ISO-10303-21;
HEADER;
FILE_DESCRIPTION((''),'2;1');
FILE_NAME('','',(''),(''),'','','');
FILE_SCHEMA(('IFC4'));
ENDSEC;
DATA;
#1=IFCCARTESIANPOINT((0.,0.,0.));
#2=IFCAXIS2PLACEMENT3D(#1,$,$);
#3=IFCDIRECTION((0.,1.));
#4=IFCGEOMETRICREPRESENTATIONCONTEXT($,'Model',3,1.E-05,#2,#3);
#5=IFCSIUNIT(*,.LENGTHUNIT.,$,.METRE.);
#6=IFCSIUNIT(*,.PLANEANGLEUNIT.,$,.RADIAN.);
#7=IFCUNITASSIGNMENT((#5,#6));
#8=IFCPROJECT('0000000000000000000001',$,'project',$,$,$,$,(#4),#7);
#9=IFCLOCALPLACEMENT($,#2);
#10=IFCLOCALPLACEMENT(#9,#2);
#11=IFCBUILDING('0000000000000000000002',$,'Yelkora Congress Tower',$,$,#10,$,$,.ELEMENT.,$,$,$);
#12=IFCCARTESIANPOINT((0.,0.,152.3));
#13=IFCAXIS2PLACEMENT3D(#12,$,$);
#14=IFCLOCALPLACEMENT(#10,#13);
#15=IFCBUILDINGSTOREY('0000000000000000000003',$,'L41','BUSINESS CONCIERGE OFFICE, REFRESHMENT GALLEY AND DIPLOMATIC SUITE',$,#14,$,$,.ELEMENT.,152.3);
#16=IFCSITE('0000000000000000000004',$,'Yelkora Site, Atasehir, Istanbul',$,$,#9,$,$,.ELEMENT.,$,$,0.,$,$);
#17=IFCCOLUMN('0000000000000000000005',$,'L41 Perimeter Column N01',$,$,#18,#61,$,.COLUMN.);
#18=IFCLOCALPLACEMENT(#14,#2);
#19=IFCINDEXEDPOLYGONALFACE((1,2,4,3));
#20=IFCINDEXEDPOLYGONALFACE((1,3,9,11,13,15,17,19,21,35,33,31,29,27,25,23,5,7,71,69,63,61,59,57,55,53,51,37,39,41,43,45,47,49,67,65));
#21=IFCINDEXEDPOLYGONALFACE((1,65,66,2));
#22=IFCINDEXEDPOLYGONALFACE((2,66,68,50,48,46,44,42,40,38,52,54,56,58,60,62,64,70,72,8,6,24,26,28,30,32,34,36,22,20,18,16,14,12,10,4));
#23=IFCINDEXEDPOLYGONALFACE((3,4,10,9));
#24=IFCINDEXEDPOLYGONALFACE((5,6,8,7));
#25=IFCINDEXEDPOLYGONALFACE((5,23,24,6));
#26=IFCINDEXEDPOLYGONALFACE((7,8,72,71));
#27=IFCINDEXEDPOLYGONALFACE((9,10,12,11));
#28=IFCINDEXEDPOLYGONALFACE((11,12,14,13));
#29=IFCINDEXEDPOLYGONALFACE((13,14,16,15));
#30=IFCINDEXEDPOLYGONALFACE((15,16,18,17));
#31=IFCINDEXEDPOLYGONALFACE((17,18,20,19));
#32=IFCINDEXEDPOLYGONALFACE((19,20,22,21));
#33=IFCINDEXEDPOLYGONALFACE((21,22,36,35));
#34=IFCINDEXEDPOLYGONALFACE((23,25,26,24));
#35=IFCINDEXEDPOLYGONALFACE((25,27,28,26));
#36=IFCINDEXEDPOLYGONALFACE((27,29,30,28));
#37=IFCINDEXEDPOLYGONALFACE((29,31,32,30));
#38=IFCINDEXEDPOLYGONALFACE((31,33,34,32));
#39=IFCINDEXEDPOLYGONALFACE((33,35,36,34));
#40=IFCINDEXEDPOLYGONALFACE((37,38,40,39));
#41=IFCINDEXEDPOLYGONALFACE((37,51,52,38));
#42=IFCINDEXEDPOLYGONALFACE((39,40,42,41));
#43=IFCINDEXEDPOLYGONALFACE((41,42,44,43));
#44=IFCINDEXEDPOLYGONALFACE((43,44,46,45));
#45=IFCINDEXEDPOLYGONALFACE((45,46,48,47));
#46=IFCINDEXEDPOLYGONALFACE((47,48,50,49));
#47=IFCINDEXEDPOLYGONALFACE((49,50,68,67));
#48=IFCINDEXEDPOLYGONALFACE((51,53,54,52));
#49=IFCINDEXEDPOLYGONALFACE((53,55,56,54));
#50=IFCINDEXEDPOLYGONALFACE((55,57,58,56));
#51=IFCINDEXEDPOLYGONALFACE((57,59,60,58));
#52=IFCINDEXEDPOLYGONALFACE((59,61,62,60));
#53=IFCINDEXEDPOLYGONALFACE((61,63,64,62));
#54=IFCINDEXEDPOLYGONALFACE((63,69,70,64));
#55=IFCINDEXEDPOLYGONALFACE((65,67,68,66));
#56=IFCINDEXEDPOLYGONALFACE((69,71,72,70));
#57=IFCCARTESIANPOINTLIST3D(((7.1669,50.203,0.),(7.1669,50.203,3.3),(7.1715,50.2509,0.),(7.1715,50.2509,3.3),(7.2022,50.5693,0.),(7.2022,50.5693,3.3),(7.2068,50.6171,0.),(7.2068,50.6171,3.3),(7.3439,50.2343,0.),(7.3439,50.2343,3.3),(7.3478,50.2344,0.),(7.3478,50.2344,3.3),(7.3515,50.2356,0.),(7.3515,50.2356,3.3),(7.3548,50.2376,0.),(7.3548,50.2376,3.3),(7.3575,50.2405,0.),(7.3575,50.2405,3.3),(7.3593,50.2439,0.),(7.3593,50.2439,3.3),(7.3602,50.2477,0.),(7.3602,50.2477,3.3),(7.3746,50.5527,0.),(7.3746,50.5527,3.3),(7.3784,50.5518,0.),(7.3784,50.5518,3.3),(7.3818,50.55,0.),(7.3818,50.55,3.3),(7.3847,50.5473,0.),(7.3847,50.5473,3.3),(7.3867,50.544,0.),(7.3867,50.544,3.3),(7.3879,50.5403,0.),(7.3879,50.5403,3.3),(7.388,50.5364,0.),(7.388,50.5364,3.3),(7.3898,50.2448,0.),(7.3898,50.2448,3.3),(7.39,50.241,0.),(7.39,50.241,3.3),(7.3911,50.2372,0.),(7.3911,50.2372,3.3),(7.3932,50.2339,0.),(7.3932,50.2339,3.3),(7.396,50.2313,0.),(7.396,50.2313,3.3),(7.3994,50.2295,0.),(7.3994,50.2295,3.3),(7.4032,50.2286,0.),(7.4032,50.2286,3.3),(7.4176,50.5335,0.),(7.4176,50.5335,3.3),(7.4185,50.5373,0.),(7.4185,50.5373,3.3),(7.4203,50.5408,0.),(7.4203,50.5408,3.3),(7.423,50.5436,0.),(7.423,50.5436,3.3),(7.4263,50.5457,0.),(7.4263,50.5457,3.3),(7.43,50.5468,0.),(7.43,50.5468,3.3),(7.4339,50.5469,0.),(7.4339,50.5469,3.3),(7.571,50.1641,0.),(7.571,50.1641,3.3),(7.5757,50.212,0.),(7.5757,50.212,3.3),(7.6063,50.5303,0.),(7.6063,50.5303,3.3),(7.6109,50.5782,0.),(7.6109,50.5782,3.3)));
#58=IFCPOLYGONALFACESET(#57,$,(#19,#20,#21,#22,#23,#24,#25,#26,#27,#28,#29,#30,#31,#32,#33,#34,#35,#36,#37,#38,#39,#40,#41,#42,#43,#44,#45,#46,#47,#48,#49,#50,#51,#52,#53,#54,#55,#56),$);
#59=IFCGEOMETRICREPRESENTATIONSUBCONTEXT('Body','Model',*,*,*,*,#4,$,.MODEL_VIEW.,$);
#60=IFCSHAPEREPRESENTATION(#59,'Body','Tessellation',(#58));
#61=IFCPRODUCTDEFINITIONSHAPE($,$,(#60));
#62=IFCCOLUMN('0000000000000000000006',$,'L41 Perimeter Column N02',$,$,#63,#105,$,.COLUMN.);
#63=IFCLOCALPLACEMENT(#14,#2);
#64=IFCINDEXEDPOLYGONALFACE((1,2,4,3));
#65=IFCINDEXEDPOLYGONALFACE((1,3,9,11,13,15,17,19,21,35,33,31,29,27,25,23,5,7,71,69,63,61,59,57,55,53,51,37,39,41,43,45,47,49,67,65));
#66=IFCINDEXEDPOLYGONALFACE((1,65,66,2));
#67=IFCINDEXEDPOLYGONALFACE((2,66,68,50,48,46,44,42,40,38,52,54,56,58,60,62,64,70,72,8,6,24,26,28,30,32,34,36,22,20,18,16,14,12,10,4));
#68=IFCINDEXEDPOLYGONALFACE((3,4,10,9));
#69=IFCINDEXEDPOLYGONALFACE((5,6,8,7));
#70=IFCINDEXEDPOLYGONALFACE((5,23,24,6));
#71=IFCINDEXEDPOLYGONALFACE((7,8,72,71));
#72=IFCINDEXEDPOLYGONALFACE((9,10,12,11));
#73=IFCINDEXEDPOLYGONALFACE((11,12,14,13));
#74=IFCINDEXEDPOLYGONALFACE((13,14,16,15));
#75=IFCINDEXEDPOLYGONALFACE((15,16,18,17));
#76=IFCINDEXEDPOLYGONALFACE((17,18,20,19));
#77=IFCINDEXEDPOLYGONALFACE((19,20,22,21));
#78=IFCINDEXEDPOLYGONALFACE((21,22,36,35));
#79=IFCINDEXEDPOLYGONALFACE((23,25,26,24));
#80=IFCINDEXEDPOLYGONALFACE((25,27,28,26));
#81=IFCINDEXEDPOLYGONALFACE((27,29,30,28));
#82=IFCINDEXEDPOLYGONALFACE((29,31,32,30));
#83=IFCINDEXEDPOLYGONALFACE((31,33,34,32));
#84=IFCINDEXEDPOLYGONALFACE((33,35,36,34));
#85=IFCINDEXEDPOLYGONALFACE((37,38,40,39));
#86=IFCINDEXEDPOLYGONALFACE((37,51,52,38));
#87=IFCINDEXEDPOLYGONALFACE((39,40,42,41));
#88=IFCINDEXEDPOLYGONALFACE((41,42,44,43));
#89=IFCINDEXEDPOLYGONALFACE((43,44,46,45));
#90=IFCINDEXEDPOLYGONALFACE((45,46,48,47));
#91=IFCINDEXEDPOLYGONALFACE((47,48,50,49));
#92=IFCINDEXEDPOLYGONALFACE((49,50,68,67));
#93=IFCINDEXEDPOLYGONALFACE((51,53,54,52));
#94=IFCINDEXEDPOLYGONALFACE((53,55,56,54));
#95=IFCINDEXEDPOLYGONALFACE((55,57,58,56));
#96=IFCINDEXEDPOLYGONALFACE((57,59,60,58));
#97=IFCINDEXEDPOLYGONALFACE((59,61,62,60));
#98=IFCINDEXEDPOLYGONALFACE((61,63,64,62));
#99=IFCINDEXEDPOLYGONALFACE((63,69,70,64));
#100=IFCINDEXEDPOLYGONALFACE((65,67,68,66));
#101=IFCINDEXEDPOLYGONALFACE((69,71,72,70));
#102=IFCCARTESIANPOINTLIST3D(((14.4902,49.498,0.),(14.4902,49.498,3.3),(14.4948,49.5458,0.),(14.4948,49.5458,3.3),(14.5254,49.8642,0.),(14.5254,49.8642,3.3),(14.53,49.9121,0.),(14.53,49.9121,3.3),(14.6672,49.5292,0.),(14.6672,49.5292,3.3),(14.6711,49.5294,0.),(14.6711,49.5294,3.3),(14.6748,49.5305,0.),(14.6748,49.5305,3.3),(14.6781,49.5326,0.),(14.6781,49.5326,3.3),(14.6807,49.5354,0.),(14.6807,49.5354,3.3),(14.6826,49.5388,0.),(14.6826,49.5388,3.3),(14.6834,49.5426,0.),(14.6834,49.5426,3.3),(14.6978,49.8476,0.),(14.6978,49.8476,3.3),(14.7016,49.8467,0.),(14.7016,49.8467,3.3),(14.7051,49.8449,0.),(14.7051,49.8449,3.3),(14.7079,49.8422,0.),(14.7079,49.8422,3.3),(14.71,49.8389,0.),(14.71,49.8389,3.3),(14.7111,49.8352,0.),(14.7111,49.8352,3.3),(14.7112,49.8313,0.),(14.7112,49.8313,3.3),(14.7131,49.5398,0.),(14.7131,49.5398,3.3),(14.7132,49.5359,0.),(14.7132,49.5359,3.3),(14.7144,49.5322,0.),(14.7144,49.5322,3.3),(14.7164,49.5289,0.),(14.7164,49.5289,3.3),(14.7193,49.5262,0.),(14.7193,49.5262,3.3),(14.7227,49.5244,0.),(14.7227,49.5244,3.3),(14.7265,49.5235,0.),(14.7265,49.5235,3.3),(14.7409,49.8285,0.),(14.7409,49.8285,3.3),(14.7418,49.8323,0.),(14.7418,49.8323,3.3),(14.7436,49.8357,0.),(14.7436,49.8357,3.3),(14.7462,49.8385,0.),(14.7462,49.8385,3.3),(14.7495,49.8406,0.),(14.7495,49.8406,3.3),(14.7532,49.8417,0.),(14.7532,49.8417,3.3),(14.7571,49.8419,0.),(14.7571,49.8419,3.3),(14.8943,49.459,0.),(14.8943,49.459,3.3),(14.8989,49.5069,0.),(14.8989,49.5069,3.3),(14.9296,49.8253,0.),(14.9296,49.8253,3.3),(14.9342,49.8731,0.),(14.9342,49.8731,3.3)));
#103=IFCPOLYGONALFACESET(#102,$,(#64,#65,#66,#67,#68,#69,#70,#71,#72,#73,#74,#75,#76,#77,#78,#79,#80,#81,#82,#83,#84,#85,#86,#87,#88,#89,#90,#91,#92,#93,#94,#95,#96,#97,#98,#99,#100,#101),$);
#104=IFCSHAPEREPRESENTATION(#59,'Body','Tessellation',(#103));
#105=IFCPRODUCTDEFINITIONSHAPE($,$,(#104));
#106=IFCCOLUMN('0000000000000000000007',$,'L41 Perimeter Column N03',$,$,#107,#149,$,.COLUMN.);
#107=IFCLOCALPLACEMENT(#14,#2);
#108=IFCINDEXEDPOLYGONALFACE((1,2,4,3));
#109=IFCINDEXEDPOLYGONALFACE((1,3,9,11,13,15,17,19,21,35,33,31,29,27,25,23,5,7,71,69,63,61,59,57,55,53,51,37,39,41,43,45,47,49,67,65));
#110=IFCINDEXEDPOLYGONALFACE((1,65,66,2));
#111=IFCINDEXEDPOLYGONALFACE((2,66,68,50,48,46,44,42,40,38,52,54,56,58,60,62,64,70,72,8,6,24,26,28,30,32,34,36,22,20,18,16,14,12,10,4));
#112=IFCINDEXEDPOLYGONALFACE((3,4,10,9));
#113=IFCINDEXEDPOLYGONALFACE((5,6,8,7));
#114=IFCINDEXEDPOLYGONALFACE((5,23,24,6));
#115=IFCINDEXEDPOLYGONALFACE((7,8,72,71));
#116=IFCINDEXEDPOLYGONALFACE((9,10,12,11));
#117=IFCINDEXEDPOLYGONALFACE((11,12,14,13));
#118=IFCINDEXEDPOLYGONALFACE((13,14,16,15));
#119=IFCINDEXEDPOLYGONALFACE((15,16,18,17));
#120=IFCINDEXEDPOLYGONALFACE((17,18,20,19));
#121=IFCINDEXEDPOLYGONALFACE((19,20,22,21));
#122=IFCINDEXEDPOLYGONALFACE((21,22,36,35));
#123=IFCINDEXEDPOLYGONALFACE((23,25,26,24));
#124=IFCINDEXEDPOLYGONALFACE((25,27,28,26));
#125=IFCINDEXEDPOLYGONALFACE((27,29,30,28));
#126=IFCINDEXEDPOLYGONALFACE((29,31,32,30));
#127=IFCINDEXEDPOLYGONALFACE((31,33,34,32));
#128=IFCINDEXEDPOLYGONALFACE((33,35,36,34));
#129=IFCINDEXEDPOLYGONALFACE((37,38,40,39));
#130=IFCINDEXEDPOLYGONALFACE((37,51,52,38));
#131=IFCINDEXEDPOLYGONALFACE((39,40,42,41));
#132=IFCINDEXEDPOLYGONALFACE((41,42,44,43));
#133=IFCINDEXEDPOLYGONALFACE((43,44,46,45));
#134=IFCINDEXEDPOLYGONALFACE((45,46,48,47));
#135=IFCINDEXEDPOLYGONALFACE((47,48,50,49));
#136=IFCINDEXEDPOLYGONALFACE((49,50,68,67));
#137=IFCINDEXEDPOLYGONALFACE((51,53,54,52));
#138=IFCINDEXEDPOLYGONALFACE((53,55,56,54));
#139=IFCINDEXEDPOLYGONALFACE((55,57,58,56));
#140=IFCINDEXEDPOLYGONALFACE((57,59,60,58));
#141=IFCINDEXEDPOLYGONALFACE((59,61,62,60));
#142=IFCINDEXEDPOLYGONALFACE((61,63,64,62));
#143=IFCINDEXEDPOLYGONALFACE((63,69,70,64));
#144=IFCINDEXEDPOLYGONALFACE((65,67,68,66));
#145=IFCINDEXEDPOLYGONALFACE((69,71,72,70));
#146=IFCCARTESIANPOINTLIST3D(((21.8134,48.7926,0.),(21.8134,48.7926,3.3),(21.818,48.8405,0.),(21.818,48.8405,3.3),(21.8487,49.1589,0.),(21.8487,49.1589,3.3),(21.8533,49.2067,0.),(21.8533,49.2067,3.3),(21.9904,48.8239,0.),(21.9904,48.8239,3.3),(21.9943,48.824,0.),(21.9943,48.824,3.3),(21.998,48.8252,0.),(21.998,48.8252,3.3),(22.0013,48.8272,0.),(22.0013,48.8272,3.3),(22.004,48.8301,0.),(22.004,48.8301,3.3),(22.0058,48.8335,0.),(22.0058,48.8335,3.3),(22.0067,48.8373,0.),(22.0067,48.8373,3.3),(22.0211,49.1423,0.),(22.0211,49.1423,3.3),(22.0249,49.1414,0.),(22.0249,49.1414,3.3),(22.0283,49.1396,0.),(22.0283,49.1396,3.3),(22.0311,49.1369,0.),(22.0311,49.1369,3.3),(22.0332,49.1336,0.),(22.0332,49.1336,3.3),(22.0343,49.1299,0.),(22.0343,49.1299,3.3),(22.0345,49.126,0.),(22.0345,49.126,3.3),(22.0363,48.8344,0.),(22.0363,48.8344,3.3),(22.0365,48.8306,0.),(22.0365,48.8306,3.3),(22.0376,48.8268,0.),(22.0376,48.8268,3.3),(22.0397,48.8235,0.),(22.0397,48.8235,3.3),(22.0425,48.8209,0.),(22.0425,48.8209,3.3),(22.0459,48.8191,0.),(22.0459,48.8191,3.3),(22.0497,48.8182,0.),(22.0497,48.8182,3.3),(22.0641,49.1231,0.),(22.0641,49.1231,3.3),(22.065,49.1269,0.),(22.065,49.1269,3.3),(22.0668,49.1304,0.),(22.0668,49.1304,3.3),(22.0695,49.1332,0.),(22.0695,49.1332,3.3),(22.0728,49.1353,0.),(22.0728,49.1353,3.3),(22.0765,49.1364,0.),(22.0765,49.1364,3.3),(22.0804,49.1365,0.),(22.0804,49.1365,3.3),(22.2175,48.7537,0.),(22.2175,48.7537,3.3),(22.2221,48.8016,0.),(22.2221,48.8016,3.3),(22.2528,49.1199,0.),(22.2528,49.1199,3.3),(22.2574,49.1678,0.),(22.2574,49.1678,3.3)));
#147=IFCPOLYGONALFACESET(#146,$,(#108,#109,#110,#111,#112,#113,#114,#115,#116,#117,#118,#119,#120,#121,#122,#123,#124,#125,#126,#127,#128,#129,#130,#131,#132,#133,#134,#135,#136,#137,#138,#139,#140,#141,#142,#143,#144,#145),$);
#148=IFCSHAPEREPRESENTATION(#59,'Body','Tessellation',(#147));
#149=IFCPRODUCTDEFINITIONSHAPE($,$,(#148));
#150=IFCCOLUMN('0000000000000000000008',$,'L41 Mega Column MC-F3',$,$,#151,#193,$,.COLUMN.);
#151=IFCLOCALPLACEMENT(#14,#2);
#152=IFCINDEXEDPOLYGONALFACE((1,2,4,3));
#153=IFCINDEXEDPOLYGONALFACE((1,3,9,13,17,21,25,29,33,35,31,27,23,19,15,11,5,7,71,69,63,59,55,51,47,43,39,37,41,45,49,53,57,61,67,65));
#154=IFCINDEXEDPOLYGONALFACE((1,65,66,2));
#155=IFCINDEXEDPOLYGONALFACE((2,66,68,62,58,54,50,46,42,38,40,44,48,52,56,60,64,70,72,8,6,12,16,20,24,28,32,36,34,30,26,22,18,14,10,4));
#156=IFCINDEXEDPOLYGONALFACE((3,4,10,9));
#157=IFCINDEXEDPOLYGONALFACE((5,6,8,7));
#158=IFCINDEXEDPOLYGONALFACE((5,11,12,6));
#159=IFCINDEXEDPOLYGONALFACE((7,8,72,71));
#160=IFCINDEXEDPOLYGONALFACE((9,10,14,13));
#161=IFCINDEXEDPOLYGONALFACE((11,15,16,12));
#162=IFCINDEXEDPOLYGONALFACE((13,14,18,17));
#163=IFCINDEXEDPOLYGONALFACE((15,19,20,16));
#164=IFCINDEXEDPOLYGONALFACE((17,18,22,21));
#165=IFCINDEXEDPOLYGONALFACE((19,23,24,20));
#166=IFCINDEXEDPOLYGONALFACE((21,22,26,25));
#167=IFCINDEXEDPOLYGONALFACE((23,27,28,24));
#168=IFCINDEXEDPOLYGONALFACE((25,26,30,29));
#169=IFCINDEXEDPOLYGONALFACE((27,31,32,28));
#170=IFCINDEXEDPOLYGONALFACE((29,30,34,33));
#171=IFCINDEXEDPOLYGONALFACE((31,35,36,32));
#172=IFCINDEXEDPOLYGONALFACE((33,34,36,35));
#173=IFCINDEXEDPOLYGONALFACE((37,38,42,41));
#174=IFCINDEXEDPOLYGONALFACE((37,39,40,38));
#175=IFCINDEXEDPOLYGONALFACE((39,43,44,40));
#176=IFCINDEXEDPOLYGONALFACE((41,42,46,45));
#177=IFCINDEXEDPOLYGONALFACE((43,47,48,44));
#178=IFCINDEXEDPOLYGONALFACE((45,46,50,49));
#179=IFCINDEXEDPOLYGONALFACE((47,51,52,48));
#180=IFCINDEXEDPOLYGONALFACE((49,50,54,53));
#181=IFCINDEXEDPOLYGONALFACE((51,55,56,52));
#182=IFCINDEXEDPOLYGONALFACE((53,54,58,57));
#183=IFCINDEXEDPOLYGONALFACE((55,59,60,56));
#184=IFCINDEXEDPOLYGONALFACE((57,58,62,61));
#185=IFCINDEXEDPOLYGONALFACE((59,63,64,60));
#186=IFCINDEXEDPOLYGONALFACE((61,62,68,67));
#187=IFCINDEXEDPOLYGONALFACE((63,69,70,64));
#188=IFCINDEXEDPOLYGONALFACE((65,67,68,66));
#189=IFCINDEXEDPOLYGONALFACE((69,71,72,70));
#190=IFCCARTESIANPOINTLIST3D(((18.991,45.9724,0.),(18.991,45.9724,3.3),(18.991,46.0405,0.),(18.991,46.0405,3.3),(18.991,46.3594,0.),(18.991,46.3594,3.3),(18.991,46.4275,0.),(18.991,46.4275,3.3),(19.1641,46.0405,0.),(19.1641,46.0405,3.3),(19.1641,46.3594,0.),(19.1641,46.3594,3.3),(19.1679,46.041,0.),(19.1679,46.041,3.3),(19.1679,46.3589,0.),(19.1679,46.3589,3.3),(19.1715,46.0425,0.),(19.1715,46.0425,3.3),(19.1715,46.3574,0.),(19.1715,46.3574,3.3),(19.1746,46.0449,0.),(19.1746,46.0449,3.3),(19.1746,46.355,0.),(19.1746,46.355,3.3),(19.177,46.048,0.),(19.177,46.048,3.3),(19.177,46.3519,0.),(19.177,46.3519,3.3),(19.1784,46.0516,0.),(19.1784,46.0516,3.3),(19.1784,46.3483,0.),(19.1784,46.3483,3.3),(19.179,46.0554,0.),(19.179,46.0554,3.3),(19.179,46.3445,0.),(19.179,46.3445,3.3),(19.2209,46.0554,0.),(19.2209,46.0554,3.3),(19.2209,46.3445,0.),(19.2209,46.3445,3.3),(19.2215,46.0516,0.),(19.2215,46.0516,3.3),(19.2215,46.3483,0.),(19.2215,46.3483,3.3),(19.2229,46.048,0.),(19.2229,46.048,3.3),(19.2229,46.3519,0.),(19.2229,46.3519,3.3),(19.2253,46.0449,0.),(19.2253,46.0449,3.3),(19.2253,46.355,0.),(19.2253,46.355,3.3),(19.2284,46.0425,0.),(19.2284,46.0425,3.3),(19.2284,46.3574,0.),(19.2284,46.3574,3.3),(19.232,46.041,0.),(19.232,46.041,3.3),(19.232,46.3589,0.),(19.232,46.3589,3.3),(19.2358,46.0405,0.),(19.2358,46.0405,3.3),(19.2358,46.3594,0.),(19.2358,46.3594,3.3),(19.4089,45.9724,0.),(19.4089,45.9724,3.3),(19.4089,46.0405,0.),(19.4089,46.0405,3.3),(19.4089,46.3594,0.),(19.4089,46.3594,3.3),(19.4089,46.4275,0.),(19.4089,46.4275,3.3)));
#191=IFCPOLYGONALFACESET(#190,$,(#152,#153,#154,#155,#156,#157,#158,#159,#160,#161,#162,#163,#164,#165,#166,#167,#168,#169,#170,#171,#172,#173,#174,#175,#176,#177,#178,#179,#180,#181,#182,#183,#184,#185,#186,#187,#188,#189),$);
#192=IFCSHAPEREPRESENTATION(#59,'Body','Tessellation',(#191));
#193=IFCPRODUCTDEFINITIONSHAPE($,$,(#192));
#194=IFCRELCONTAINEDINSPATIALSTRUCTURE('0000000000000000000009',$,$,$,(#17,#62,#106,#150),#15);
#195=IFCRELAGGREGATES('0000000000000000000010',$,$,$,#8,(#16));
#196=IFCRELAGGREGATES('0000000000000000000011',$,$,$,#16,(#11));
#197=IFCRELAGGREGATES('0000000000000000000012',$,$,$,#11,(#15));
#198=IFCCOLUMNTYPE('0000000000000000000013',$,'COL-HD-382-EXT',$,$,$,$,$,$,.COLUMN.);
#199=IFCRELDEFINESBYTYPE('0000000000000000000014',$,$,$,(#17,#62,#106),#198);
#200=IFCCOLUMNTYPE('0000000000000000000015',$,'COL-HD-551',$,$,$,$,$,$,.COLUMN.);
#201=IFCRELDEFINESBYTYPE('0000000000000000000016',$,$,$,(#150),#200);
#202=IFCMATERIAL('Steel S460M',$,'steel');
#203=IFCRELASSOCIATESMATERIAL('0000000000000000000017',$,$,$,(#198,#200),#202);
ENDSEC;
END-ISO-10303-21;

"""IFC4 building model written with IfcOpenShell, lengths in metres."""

from ifc_helpers import new_model, si_unit, direction, frame, origin, origin_2d, place, context, subcontext, project, spatial, i_section, extrude, material, material_profile, profile_set, type_object, element, save


model = new_model("IFC4")

# Units and contexts
model_context = context("Model", 3, precision=1e-05, world=origin(), true_north=direction((0.0, 1.0)))
body_context = subcontext(model_context, "Body", "Model", "MODEL_VIEW")
ifc_project = project(units=[si_unit("LENGTHUNIT", "METRE"), si_unit("PLANEANGLEUNIT", "RADIAN")], contexts=[model_context])

# Site, building, storey
site_placement = place(None, origin())
site = spatial("IfcSite", under=ifc_project, at=site_placement, Name="Yelkora Site, Atasehir, Istanbul", CompositionType="ELEMENT", RefElevation=0.0)
building_placement = place(site_placement, origin())
building = spatial("IfcBuilding", under=site, at=building_placement, Name="Yelkora Congress Tower", CompositionType="ELEMENT")
storey_placement = place(building_placement, frame((0.0, 0.0, 152.3)))
storey = spatial("IfcBuildingStorey", under=building, at=storey_placement, Name="L41", Description="BUSINESS CONCIERGE OFFICE, REFRESHMENT GALLEY AND DIPLOMATIC SUITE", CompositionType="ELEMENT", Elevation=152.3)

# Columns
ifc_material_1 = material(Name="Steel S460M", Category="steel")
ifc_material_profile_1 = material_profile(ifc_material_1, i_section(OverallWidth=0.406, OverallDepth=0.416, WebThickness=0.0298, FlangeThickness=0.0481, FilletRadius=0.0149, at=origin_2d()), Name="HD 400x382")
ifc_profile_set_1 = profile_set([ifc_material_profile_1], Name="Steel S460M")
column_type_1 = type_object("IfcColumnType", Name="COL-HD-382-EXT", PredefinedType="COLUMN", material=ifc_profile_set_1)
for number, where, z_axis, x_axis, name in (
    (1, (7.3889, 50.3906, 0.0), (0.0, 0.0, 1.0), (0.995396, -0.095846, 0.0), "L41 Perimeter Column N01"),
    (2, (14.7122, 49.6855, 0.0), (0.0, 0.0, 1.0), (0.995396, -0.095846, 0.0), "L41 Perimeter Column N02"),
    (3, (22.0354, 48.9802, 0.0), (0.0, 0.0, 1.0), (0.995396, -0.095846, 0.0), "L41 Perimeter Column N03"),
):
    element("IfcColumn", number, at=place(storey_placement, frame(where, z_axis=z_axis, x_axis=x_axis)), inside=storey, type_object=column_type_1, Name=name, PredefinedType="COLUMN", context=body_context, shape_type="SweptSolid", body=[
        extrude(i_section(OverallWidth=0.406, OverallDepth=0.416, WebThickness=0.0298, FlangeThickness=0.0481, FilletRadius=0.0149, at=origin_2d()), origin(), (0.0, 0.0, 1.0), 3.3),
    ])
ifc_material_profile_2 = material_profile(ifc_material_1, i_section(OverallWidth=0.418, OverallDepth=0.4551, WebThickness=0.042, FlangeThickness=0.0681, FilletRadius=0.0149, at=origin_2d()), Name="HD 400x551")
ifc_profile_set_2 = profile_set([ifc_material_profile_2], Name="Steel S460M")
column_type_2 = type_object("IfcColumnType", Name="COL-HD-551", PredefinedType="COLUMN", material=ifc_profile_set_2)
column_placement = place(storey_placement, frame((19.2, 46.2, 0.0), z_axis=(0.0, 0.0, 1.0), x_axis=(1.0, 0.0, 0.0)))
element("IfcColumn", 4, at=column_placement, inside=storey, type_object=column_type_2, Name="L41 Mega Column MC-F3", PredefinedType="COLUMN", context=body_context, shape_type="SweptSolid", body=[
    extrude(i_section(OverallWidth=0.418, OverallDepth=0.4551, WebThickness=0.042, FlangeThickness=0.0681, FilletRadius=0.0149, at=origin_2d()), origin(), (0.0, 0.0, 1.0), 3.3),
])

save(model, "model.ifc")
